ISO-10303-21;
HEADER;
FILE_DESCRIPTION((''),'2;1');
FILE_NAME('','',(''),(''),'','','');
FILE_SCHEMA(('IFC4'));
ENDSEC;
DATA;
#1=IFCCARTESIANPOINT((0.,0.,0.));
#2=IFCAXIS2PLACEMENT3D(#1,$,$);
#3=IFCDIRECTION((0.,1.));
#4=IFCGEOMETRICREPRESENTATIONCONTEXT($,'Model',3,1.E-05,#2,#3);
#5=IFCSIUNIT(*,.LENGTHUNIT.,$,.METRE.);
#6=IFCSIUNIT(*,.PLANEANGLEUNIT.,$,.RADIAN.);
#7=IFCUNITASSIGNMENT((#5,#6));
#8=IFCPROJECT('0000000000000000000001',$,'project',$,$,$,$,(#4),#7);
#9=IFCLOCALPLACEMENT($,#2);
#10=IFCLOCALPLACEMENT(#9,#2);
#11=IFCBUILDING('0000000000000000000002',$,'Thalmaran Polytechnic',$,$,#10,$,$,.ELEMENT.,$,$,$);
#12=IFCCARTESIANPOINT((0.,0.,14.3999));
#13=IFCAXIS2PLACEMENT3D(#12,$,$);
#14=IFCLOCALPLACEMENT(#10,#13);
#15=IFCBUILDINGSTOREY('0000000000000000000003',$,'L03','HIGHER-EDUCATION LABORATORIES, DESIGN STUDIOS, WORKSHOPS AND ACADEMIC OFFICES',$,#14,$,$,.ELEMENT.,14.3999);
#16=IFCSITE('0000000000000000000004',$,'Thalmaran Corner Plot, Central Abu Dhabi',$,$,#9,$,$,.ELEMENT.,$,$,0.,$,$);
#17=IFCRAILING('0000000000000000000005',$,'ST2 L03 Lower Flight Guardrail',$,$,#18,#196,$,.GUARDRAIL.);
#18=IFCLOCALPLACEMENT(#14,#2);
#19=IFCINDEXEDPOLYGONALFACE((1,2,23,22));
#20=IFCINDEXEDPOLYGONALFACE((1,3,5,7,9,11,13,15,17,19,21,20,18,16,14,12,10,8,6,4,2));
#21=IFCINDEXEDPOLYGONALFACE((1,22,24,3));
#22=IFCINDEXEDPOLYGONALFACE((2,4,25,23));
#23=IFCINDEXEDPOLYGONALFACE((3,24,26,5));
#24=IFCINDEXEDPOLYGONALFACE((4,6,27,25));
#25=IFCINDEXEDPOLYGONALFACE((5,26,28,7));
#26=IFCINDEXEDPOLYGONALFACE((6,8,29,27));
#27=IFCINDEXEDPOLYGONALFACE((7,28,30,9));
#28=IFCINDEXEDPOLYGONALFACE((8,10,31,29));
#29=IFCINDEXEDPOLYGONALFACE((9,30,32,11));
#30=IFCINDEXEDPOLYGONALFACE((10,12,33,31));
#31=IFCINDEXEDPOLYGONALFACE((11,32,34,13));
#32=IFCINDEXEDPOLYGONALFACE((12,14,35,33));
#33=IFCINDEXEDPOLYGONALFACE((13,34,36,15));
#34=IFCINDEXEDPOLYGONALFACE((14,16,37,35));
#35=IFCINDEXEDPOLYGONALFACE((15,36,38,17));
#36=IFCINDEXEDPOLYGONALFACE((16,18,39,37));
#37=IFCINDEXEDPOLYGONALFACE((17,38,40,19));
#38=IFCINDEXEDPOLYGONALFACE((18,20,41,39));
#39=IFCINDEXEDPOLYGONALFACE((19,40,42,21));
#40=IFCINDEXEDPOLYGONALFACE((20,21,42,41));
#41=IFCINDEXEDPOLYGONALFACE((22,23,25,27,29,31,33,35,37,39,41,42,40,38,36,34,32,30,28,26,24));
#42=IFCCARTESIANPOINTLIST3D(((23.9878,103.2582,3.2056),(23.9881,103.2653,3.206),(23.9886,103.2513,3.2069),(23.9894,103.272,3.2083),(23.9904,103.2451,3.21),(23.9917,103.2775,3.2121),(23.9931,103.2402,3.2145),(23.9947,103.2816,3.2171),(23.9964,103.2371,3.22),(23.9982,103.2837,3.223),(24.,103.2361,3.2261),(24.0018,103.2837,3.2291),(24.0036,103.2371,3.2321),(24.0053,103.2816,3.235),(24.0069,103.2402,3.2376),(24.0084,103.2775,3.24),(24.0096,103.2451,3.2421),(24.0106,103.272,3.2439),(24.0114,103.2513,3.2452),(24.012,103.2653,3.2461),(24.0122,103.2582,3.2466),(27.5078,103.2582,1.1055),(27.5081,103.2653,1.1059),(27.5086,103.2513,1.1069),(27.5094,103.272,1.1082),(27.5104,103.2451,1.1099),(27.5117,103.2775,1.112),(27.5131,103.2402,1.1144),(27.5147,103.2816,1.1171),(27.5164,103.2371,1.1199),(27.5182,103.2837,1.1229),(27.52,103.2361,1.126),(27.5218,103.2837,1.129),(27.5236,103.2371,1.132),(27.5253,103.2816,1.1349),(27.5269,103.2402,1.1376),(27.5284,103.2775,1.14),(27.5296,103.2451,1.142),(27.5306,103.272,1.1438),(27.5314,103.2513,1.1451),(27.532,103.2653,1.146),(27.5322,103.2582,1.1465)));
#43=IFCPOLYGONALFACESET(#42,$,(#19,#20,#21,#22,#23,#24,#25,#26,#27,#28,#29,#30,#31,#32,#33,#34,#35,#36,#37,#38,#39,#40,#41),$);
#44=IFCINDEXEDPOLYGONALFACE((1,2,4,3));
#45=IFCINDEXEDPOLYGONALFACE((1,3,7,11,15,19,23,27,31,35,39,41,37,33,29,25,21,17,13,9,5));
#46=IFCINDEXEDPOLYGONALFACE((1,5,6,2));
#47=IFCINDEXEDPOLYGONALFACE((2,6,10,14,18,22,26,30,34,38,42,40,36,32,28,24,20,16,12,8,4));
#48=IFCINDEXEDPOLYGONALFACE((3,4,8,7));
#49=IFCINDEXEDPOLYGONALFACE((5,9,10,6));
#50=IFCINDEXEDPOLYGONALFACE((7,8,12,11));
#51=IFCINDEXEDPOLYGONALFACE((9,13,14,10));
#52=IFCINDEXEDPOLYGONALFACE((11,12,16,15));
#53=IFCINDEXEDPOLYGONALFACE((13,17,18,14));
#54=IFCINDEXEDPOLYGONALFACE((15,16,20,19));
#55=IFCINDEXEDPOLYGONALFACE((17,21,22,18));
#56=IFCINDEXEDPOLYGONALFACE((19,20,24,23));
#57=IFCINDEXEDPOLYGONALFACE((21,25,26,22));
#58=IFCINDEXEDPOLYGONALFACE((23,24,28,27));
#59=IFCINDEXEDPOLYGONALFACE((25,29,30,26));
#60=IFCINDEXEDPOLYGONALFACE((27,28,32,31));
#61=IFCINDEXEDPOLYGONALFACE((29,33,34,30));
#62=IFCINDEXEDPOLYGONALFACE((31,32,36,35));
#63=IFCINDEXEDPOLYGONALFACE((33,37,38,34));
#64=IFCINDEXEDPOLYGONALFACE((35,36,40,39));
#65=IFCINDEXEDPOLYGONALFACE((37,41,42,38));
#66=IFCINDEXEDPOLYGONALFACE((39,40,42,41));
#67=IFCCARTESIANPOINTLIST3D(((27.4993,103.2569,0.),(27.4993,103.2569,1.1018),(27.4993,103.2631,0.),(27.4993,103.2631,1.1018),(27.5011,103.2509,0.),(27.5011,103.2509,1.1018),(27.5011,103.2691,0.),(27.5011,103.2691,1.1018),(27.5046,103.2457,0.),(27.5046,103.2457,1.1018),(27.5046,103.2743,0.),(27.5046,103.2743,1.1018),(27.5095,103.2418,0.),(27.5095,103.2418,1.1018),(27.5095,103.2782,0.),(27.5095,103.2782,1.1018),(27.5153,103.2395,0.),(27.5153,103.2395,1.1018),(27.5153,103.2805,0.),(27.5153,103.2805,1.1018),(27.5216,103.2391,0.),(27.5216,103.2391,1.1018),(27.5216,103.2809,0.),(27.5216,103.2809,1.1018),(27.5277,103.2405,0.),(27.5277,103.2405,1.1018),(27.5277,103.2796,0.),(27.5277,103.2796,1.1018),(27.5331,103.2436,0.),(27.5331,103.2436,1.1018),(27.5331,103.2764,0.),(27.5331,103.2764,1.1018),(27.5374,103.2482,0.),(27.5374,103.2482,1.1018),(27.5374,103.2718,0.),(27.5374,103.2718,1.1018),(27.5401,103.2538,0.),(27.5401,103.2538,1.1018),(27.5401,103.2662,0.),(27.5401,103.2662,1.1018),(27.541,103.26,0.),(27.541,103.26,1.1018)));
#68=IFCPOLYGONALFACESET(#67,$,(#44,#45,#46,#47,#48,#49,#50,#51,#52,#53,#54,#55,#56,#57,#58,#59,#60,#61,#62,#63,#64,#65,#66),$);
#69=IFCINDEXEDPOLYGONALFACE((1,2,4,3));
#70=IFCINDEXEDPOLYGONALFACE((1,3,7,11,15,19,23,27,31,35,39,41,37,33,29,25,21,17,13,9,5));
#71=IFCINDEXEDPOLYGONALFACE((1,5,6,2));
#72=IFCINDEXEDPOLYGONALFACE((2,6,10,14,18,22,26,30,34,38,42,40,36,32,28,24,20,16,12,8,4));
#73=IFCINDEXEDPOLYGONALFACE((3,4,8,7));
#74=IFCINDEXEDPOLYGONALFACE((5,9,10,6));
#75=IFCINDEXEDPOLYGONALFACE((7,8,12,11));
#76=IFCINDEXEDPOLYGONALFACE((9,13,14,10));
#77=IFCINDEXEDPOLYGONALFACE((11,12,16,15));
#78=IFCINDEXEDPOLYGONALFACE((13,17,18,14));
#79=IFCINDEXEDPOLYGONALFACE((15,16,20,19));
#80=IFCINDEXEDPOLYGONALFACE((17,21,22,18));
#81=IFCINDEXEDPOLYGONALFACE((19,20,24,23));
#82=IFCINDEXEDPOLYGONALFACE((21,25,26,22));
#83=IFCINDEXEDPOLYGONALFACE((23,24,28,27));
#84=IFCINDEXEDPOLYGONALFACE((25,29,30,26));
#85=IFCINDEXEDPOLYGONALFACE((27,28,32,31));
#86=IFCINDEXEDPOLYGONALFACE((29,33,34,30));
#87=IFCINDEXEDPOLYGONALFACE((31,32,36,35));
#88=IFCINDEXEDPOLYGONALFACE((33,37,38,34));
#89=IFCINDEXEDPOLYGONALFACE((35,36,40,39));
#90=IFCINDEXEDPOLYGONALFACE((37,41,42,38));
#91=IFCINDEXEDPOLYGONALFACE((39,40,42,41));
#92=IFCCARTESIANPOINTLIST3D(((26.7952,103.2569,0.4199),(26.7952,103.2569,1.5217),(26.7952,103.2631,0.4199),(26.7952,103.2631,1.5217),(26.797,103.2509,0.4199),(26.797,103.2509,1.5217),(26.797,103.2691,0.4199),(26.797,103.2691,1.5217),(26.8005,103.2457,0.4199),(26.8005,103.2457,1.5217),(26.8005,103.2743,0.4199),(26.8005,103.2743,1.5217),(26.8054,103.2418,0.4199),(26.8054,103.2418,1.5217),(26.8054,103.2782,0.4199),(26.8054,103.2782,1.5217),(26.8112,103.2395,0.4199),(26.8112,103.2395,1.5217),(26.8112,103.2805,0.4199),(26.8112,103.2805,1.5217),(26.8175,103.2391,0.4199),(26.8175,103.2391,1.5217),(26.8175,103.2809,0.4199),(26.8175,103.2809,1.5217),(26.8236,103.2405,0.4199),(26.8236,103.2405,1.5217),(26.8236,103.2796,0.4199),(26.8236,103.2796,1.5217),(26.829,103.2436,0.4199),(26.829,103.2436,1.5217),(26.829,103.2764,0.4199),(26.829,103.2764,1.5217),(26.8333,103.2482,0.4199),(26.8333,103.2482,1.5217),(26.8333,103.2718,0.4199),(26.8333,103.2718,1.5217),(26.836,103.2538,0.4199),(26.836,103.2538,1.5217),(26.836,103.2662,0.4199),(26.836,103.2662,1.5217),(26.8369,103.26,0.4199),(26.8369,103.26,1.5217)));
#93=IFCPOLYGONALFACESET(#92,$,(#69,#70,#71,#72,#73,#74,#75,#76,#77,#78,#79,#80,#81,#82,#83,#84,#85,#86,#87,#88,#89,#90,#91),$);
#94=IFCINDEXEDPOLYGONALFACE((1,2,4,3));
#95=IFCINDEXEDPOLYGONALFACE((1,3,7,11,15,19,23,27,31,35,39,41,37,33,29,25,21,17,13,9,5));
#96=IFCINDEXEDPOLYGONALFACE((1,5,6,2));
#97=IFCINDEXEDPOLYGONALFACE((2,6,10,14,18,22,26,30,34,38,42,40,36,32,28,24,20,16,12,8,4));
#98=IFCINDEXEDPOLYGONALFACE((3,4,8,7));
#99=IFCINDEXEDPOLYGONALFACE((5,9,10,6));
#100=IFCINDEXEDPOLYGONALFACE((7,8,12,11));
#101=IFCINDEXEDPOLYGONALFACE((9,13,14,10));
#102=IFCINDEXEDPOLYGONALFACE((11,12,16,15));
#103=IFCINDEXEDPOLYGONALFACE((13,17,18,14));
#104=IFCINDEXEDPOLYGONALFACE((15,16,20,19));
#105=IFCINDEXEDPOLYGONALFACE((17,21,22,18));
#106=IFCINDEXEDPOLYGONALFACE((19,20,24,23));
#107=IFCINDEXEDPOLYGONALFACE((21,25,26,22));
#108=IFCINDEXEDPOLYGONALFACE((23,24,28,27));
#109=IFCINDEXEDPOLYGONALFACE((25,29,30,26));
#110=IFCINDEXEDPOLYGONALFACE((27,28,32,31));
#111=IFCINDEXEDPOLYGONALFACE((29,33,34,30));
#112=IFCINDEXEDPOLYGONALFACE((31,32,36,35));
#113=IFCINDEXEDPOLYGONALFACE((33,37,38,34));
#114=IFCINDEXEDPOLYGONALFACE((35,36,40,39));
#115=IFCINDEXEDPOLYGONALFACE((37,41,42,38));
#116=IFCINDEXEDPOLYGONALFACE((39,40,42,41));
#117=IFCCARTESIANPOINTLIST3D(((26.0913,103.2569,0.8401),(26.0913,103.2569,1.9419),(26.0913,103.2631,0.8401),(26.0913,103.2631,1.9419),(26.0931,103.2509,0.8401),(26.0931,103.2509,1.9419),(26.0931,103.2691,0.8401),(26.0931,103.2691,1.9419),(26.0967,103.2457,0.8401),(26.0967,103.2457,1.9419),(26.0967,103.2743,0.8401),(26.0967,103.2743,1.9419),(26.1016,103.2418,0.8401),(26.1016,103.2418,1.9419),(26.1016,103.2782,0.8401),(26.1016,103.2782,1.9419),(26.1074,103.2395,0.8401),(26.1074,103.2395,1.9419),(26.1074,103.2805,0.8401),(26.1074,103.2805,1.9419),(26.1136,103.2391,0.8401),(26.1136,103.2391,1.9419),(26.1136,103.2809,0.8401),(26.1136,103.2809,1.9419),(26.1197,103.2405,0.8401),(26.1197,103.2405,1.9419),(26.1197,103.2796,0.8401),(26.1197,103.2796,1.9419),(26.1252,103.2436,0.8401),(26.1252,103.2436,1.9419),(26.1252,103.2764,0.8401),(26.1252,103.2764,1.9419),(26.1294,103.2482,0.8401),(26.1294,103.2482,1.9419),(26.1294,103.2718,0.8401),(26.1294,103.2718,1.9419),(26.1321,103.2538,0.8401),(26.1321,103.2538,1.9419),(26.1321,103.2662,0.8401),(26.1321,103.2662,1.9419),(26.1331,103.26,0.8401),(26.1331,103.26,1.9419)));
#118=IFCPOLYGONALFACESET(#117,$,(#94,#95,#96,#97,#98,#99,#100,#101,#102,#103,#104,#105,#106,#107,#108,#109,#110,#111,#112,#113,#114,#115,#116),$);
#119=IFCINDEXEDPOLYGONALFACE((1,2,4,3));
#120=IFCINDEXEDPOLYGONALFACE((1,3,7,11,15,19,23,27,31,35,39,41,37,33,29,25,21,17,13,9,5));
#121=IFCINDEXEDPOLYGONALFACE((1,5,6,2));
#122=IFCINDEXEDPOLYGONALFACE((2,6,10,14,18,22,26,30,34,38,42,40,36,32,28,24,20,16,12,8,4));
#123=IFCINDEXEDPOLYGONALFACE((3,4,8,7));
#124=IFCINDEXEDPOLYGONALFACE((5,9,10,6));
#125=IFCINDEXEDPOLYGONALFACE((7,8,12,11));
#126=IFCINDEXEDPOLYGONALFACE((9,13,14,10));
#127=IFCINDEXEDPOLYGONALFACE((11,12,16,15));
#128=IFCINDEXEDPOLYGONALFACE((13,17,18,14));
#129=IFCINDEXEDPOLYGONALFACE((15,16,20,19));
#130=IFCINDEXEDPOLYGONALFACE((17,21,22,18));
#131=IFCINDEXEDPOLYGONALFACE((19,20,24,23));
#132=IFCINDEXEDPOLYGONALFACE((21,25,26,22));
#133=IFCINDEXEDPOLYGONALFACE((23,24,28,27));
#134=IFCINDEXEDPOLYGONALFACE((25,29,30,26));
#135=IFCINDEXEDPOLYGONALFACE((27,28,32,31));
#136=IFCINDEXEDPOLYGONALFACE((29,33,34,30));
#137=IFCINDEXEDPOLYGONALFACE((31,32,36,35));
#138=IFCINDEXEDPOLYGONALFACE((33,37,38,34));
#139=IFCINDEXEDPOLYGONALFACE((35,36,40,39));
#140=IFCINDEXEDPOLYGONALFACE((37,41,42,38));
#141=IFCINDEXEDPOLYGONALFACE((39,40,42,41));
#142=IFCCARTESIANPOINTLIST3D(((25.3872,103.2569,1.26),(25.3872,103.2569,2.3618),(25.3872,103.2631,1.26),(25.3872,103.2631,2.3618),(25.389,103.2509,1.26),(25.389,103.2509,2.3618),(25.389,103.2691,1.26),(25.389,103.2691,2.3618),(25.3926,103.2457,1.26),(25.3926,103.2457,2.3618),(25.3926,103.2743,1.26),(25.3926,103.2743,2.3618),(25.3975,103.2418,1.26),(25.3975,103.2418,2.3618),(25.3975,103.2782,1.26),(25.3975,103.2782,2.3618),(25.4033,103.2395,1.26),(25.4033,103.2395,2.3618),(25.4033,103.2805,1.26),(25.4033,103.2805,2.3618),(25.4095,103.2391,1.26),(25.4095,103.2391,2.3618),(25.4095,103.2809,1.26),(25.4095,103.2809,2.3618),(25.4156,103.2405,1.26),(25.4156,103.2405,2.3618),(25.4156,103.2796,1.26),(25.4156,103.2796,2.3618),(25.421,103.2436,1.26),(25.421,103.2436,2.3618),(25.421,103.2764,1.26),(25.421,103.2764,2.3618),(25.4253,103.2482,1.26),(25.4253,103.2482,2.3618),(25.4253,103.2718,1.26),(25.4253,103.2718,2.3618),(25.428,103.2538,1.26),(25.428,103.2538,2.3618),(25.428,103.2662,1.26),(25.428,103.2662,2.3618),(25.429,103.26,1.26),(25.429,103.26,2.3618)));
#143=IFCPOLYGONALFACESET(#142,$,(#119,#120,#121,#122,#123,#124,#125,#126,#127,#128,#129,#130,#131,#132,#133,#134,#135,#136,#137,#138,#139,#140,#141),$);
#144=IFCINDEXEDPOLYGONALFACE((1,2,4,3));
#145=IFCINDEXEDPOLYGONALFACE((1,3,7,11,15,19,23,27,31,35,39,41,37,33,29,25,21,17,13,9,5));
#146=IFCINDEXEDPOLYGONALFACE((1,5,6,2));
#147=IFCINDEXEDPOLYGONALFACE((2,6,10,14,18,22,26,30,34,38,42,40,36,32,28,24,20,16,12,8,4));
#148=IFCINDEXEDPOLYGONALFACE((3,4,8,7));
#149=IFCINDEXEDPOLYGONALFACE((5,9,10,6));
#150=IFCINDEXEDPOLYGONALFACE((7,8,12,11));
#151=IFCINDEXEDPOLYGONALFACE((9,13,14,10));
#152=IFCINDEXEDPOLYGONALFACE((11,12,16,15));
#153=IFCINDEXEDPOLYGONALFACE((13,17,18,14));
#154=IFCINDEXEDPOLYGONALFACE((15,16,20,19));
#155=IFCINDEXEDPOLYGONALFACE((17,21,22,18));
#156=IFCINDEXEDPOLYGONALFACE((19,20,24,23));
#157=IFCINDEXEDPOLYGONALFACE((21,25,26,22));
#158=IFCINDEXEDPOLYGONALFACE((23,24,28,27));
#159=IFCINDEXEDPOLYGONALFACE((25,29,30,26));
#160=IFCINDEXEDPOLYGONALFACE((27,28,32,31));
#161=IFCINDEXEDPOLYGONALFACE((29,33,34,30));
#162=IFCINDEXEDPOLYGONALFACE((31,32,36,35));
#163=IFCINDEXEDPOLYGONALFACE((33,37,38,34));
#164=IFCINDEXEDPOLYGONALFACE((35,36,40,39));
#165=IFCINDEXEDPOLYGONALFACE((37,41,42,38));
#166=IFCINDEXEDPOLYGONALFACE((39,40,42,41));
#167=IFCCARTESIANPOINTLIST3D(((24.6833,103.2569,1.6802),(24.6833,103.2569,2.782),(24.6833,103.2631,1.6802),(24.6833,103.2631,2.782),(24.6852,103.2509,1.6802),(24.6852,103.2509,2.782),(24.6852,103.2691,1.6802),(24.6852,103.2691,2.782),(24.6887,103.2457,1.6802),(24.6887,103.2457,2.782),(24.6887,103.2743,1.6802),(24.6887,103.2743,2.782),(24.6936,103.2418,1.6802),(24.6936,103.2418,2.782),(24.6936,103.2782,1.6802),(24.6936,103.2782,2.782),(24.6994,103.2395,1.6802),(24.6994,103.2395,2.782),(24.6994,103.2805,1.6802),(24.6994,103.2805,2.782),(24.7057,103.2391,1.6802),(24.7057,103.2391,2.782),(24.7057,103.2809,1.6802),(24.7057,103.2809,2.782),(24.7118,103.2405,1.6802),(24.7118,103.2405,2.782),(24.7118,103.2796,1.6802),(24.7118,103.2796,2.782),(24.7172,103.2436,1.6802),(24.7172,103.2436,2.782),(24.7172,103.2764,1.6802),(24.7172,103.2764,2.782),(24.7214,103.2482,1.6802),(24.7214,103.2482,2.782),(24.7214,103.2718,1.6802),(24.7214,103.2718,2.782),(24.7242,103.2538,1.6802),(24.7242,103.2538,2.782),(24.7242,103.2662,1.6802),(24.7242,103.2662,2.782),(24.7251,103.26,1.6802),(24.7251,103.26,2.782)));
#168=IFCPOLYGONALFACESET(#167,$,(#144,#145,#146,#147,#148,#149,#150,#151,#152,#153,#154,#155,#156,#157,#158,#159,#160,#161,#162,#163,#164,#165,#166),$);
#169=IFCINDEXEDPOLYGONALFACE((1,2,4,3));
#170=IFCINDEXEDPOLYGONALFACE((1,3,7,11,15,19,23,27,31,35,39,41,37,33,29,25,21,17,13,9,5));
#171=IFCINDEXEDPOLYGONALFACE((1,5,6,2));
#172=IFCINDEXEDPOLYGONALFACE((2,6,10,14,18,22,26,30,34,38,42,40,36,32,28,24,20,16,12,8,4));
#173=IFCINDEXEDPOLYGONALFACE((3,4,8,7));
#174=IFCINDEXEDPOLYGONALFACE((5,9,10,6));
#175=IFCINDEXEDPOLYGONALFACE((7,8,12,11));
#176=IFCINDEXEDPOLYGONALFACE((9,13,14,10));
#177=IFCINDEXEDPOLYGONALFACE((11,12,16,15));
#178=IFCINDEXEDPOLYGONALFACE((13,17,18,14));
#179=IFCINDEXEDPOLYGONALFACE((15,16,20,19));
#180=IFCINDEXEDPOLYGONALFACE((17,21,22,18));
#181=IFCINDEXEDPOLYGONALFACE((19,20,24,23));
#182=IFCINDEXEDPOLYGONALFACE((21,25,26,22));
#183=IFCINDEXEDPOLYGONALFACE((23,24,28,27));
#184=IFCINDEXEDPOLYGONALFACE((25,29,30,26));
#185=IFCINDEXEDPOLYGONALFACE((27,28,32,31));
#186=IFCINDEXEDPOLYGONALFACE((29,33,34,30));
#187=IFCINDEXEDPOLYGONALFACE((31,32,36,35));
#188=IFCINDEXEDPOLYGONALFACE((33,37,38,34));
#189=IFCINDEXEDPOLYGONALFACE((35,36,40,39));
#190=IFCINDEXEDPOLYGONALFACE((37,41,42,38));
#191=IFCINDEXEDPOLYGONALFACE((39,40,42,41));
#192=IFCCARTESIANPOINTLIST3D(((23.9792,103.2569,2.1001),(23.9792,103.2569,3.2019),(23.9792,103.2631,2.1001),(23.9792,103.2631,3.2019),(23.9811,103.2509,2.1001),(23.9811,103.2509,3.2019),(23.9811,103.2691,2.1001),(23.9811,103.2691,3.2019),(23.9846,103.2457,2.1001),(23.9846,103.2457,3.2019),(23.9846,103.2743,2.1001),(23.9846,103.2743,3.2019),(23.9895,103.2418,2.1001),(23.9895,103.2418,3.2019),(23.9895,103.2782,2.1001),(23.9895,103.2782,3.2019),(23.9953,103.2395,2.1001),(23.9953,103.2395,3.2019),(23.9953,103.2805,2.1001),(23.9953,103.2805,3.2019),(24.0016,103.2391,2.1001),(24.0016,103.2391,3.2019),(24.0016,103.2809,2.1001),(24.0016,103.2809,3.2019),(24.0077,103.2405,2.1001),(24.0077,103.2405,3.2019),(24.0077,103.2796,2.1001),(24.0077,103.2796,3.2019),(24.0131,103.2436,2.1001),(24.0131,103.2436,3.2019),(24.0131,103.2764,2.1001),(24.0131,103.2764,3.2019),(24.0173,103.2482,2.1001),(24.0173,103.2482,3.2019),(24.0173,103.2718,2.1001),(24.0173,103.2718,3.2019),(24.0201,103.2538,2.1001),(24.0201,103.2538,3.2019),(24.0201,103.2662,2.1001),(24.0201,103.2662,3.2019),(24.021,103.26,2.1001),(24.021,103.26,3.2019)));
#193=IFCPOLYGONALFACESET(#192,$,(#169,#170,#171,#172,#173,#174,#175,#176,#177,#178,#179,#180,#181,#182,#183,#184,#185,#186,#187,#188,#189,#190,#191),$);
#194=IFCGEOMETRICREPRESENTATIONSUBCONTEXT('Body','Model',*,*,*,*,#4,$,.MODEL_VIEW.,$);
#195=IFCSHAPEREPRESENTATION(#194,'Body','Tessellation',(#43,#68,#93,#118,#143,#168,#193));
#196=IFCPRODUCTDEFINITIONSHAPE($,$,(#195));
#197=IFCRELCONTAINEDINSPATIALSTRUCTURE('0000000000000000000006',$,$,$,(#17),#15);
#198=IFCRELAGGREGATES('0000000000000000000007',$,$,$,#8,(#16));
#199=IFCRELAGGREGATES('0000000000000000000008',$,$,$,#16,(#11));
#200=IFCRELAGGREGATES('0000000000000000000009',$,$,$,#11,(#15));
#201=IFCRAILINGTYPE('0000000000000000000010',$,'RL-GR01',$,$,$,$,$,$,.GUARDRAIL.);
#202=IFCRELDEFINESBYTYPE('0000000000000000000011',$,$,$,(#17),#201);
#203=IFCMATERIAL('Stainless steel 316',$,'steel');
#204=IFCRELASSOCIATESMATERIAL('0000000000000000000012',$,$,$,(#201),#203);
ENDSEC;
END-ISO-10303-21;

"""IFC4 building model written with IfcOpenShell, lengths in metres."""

from ifc_helpers import new_model, si_unit, direction, frame, origin, origin_2d, place, context, subcontext, project, spatial, circle, extrude, material, type_object, element, save


model = new_model("IFC4")

# Units and contexts
model_context = context("Model", 3, precision=1e-05, world=origin(), true_north=direction((0.0, 1.0)))
body_context = subcontext(model_context, "Body", "Model", "MODEL_VIEW")
ifc_project = project(units=[si_unit("LENGTHUNIT", "METRE"), si_unit("PLANEANGLEUNIT", "RADIAN")], contexts=[model_context])

# Site, building, storey
site_placement = place(None, origin())
site = spatial("IfcSite", under=ifc_project, at=site_placement, Name="Thalmaran Corner Plot, Central Abu Dhabi", CompositionType="ELEMENT", RefElevation=0.0)
building_placement = place(site_placement, origin())
building = spatial("IfcBuilding", under=site, at=building_placement, Name="Thalmaran Polytechnic", CompositionType="ELEMENT")
storey_placement = place(building_placement, frame((0.0, 0.0, 14.3999)))
storey = spatial("IfcBuildingStorey", under=building, at=storey_placement, Name="L03", Description="HIGHER-EDUCATION LABORATORIES, DESIGN STUDIOS, WORKSHOPS AND ACADEMIC OFFICES", CompositionType="ELEMENT", Elevation=14.3999)

# Railing
ifc_material_1 = material(Name="Stainless steel 316", Category="steel")
railing_type_1 = type_object("IfcRailingType", Name="RL-GR01", PredefinedType="GUARDRAIL", material=ifc_material_1)
railing_1_placement = place(storey_placement, frame((27.52, 103.26, 0.0)))
element("IfcRailing", 1, at=railing_1_placement, inside=storey, type_object=railing_type_1, Name="ST2 L03 Lower Flight Guardrail", PredefinedType="GUARDRAIL", context=body_context, shape_type="SweptSolid", body=[
    extrude(circle(Radius=0.0239, at=origin_2d()), frame((0.0, 0.0, 1.126), z_axis=(-0.858773, 0.0, 0.512357), x_axis=(0.0, -1.0, 0.0)), (0.0, 0.0, 1.0), 4.0989),
    extrude(circle(Radius=0.021, at=origin_2d()), origin(), (0.0, 0.0, 1.0), 1.1018),
    extrude(circle(Radius=0.021, at=origin_2d()), frame((-0.7041, 0.0, 0.4199)), (0.0, 0.0, 1.0), 1.1018),
    extrude(circle(Radius=0.021, at=origin_2d()), frame((-1.408, 0.0, 0.8401)), (0.0, 0.0, 1.0), 1.1018),
    extrude(circle(Radius=0.021, at=origin_2d()), frame((-2.1121, 0.0, 1.26)), (0.0, 0.0, 1.0), 1.1018),
    extrude(circle(Radius=0.021, at=origin_2d()), frame((-2.8159, 0.0, 1.6802)), (0.0, 0.0, 1.0), 1.1018),
    extrude(circle(Radius=0.021, at=origin_2d()), frame((-3.52, 0.0, 2.1001)), (0.0, 0.0, 1.0), 1.1018),
])

save(model, "model.ifc")
